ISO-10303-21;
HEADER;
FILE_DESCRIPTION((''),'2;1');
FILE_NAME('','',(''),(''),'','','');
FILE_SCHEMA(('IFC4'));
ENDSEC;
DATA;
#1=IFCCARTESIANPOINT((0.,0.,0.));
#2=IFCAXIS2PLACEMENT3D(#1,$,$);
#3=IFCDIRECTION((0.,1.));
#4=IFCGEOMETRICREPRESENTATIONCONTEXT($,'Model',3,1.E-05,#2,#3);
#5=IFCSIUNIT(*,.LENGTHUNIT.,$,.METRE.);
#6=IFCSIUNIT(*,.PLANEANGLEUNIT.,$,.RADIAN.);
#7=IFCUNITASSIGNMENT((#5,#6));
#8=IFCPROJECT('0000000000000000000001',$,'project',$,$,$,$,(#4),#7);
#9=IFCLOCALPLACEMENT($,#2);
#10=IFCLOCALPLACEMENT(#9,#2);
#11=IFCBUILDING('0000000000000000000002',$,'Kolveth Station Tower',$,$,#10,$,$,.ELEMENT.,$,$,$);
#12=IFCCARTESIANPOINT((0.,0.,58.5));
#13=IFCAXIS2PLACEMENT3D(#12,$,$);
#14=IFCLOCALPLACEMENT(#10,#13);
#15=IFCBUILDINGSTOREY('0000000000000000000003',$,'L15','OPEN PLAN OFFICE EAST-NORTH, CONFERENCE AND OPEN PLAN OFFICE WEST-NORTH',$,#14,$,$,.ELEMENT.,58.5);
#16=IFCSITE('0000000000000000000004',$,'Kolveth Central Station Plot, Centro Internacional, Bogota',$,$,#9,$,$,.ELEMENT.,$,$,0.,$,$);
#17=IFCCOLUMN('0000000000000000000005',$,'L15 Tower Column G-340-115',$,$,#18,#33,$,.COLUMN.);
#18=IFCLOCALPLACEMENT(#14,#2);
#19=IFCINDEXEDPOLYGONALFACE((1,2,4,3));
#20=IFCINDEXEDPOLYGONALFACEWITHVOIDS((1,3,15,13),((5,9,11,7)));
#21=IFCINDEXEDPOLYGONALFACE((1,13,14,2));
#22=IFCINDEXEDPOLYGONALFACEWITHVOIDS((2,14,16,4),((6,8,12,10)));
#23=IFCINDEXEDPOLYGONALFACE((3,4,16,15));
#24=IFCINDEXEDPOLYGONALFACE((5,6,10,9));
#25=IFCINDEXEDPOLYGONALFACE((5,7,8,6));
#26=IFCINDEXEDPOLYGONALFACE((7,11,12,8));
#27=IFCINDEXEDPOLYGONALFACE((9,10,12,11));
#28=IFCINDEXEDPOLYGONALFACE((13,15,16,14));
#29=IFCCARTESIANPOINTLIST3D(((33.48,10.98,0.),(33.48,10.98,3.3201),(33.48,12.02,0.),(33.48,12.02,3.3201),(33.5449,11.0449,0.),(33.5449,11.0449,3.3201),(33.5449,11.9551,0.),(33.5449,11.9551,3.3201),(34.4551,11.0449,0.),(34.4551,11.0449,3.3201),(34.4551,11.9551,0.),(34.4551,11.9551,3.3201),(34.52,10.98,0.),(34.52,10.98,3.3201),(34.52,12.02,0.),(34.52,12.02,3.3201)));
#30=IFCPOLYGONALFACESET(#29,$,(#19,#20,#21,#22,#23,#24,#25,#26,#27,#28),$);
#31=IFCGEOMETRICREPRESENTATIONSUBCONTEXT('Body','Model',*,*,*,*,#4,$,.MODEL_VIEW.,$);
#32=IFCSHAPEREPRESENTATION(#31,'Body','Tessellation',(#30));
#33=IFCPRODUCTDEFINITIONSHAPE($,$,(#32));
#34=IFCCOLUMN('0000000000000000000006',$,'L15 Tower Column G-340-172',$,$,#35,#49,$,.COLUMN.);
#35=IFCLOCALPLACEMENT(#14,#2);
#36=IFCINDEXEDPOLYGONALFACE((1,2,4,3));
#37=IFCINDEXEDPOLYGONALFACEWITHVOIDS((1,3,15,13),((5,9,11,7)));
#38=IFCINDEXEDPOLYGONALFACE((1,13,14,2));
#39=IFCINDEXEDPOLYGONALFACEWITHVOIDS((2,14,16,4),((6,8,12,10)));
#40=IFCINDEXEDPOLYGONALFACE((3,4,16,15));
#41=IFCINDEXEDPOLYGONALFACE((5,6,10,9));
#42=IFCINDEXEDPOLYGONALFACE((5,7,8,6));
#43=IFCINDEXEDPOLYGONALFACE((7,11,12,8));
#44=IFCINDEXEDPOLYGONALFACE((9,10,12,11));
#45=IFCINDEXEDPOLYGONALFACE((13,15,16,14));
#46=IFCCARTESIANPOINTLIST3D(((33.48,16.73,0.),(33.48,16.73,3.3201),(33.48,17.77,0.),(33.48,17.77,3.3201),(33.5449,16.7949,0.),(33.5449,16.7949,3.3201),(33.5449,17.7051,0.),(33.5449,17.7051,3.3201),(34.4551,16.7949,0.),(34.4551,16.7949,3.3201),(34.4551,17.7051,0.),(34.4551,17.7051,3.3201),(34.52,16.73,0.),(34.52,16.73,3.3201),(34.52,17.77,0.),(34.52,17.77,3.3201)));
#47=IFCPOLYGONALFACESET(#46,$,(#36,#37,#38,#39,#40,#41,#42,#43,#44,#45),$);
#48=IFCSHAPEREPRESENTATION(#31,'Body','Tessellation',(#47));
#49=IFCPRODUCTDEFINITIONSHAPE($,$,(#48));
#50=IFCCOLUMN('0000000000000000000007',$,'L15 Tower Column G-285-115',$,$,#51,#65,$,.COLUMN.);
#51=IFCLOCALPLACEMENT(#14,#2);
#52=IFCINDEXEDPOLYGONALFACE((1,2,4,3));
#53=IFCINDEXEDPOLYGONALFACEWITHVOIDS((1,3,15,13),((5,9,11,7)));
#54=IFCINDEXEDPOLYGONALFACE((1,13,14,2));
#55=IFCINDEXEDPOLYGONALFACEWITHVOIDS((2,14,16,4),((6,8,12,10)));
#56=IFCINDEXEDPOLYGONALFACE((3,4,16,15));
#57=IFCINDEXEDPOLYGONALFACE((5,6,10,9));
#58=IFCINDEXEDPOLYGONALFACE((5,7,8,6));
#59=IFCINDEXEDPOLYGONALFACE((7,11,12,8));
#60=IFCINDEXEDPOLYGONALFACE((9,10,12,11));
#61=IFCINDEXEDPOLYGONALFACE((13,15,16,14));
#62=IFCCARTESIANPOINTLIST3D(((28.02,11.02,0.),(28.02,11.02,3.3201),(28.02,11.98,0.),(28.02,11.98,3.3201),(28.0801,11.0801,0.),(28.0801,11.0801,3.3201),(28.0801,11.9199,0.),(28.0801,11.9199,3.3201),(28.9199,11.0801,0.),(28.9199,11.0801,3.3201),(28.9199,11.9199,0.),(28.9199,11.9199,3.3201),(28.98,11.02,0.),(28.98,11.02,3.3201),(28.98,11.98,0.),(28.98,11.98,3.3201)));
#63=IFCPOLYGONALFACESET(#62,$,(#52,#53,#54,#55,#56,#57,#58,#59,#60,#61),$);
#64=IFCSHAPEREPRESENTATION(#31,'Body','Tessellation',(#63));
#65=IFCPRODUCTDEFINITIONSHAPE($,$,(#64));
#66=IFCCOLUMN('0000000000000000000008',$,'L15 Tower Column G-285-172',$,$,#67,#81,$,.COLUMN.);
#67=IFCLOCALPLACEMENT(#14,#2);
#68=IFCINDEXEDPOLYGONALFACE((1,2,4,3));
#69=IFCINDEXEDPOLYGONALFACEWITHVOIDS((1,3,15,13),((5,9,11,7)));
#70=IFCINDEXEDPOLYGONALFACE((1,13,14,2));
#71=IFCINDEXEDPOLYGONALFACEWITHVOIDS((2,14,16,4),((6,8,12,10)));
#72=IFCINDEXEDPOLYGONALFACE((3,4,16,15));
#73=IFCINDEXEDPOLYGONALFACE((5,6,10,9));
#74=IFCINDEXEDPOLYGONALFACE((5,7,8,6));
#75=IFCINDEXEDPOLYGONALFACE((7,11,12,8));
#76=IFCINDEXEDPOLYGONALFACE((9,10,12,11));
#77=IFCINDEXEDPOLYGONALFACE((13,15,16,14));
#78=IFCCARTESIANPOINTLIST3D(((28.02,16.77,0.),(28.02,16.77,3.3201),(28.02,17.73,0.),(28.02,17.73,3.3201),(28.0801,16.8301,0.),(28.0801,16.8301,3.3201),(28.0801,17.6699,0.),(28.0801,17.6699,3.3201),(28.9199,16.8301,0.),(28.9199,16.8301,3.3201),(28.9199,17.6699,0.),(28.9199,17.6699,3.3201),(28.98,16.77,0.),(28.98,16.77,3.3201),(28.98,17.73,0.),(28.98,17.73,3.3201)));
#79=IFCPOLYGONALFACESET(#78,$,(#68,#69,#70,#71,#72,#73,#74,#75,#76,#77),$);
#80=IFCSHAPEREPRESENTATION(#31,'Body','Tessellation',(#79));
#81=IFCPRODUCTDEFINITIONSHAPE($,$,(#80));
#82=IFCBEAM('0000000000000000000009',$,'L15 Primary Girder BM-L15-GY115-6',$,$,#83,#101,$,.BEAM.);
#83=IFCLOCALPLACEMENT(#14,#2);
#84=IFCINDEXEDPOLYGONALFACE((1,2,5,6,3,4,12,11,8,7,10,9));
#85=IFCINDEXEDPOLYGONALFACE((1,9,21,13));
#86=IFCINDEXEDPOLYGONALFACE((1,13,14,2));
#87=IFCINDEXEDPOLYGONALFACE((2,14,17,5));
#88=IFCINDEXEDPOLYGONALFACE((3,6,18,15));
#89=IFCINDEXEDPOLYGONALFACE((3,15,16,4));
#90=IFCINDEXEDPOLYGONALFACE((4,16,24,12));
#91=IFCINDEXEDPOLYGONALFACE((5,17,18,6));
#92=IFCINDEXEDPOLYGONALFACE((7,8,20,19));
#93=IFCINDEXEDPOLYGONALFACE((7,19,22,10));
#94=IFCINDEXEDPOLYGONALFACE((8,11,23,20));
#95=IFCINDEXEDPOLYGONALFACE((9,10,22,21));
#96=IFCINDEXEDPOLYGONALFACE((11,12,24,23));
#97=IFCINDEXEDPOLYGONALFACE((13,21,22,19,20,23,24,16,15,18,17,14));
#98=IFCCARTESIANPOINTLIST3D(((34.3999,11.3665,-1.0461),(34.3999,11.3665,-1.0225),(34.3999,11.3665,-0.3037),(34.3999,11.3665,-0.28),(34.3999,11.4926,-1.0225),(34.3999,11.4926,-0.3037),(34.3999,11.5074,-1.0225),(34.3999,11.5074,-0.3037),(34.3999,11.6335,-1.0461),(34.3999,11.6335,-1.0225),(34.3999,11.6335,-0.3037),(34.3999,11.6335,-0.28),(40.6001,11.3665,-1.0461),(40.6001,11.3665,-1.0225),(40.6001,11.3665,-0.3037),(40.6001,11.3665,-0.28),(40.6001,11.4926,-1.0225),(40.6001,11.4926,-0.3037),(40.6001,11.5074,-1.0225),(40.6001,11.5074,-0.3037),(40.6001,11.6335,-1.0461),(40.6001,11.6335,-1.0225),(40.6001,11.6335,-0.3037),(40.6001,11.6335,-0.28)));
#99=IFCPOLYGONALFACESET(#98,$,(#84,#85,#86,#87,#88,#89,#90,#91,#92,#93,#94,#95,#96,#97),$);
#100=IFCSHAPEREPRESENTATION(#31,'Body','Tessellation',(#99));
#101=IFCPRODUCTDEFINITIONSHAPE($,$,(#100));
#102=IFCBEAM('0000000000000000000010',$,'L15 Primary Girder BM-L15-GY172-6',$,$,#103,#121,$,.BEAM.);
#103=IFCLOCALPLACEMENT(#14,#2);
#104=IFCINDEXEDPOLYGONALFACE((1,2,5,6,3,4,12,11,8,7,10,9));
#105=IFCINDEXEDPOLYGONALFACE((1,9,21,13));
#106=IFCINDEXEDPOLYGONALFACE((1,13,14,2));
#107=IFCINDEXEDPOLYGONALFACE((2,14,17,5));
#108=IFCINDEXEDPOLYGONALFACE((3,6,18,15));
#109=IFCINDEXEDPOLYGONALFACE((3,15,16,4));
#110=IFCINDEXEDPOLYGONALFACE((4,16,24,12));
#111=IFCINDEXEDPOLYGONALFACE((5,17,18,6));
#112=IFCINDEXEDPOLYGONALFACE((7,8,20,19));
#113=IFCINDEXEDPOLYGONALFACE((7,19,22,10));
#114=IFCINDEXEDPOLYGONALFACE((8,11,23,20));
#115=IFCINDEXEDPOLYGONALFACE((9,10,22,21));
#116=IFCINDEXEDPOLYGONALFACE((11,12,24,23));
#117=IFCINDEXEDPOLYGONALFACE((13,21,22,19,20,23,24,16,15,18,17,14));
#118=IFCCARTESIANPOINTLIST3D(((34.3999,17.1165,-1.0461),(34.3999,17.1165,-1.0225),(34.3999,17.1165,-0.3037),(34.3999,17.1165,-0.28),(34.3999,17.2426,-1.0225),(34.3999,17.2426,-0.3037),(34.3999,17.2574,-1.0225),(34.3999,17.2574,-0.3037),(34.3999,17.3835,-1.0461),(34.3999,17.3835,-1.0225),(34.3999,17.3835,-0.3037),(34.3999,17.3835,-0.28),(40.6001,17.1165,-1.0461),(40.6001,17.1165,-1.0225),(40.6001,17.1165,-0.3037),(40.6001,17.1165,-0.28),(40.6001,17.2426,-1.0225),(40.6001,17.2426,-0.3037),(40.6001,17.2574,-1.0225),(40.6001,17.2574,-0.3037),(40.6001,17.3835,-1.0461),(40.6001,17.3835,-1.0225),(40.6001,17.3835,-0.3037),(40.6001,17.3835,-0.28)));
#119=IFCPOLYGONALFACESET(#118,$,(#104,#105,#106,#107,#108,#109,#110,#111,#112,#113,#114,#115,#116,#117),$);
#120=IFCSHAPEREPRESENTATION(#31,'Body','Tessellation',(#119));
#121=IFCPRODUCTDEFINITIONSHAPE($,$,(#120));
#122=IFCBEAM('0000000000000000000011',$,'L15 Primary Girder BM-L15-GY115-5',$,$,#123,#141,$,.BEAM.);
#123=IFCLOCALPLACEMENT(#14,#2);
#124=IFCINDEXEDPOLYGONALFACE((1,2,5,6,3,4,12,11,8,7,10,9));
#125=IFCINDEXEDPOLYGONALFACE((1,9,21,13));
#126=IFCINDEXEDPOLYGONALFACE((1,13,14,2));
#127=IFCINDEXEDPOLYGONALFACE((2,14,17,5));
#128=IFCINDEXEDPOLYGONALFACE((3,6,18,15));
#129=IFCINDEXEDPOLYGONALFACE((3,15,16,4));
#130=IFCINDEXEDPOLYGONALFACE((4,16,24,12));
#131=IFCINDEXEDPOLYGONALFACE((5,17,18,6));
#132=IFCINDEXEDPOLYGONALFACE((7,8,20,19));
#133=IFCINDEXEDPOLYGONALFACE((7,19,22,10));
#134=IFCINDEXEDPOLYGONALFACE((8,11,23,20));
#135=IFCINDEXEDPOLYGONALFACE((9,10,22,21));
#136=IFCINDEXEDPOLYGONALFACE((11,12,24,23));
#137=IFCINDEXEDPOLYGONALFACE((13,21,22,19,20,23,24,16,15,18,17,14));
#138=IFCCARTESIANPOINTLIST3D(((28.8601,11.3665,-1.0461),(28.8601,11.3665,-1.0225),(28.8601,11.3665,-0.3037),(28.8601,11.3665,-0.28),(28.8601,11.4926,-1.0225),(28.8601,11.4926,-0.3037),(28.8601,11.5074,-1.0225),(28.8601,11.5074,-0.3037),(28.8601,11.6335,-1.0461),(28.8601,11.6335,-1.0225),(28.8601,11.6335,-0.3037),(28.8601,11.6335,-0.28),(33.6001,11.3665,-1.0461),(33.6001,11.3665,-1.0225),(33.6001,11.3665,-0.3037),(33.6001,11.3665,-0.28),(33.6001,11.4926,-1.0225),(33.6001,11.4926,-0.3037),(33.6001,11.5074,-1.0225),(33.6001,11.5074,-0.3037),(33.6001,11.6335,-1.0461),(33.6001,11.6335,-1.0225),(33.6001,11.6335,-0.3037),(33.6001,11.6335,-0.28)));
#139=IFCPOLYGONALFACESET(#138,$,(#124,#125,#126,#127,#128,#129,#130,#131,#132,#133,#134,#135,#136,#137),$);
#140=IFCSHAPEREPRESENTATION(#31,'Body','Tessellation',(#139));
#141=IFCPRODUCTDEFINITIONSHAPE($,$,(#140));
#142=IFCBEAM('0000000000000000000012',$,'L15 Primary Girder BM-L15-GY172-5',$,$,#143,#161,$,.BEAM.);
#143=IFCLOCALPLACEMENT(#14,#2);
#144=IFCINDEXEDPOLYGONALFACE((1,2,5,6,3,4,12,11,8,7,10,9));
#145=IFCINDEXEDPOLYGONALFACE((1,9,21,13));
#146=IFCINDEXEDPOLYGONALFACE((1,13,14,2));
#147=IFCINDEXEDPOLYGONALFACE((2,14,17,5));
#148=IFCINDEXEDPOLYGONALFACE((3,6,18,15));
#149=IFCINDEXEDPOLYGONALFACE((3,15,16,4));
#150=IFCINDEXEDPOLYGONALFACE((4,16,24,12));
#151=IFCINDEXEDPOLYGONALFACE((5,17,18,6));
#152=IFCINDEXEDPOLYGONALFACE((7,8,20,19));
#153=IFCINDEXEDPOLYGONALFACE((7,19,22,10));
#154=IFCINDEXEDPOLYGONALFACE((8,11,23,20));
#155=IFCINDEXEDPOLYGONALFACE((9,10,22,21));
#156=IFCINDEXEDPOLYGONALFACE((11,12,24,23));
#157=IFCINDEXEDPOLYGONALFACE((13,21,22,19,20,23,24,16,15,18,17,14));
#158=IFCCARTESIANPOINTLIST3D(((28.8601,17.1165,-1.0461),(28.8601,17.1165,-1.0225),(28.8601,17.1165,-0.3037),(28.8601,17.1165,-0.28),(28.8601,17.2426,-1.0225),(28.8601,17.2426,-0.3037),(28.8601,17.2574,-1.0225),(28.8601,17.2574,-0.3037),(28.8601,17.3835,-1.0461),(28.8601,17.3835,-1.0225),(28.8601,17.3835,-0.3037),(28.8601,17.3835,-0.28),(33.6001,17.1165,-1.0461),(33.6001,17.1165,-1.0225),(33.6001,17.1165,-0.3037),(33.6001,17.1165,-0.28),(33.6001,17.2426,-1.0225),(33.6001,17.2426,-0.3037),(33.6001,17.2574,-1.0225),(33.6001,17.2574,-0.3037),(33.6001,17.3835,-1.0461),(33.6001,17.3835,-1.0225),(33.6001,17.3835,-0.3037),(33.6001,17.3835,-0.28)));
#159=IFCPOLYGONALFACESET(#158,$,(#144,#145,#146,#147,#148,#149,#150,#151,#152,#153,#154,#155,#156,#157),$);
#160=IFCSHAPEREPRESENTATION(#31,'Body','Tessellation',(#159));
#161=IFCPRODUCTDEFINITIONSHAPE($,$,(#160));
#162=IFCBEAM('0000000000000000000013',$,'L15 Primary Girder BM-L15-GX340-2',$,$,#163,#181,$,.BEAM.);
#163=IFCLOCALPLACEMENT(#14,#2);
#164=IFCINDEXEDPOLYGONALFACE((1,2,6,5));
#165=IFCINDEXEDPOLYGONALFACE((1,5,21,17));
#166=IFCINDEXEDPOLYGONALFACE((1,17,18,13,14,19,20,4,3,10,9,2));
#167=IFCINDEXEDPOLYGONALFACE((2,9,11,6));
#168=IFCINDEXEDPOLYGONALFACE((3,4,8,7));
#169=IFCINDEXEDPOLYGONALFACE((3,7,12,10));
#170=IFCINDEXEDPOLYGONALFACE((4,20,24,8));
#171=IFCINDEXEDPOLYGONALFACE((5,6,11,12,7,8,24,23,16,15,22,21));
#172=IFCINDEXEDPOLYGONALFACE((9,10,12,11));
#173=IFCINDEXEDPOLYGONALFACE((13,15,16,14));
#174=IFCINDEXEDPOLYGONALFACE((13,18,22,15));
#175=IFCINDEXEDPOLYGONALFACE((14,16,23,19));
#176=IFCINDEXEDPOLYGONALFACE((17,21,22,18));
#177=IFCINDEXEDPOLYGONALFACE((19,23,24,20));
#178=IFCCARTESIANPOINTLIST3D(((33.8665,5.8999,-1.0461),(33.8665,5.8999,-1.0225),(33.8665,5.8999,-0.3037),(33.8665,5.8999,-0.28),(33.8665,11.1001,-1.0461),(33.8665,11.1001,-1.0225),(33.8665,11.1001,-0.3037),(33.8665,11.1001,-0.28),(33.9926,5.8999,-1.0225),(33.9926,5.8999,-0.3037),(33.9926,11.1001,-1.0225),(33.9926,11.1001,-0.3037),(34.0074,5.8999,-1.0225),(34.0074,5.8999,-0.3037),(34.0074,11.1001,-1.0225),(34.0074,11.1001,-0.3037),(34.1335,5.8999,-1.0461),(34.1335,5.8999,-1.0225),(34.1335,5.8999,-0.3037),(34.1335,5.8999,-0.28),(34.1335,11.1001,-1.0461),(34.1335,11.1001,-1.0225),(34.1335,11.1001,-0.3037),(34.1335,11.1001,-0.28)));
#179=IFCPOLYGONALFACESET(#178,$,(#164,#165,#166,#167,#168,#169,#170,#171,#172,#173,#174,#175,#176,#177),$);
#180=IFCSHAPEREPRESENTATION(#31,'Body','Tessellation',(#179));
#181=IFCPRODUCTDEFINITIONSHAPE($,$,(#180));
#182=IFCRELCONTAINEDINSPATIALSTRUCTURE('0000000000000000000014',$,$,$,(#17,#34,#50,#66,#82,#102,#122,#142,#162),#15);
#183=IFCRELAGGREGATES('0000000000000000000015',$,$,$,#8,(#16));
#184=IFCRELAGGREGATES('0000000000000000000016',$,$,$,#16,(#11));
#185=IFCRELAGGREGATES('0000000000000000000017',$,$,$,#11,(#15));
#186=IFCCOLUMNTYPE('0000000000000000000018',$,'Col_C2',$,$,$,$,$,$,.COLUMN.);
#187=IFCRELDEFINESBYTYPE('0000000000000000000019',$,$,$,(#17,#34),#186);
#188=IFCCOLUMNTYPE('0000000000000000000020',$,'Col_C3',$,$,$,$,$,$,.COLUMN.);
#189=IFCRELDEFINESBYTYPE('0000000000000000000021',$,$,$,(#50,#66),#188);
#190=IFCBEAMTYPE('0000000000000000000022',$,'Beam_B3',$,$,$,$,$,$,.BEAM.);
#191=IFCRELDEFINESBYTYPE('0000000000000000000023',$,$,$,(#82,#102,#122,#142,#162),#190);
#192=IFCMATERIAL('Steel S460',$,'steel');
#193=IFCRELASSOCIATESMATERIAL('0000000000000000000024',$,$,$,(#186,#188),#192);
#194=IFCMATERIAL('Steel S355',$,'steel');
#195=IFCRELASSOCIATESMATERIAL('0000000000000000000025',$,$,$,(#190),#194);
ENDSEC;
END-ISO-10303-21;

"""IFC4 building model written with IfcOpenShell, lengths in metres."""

from ifc_helpers import new_model, si_unit, direction, frame, origin, origin_2d, place, context, subcontext, project, spatial, hollow_rectangle, i_section, extrude, source, transform, mapped, material, material_profile, profile_set, type_object, element, save


model = new_model("IFC4")

# Units and contexts
model_context = context("Model", 3, precision=1e-05, world=origin(), true_north=direction((0.0, 1.0)))
body_context = subcontext(model_context, "Body", "Model", "MODEL_VIEW")
ifc_project = project(units=[si_unit("LENGTHUNIT", "METRE"), si_unit("PLANEANGLEUNIT", "RADIAN")], contexts=[model_context])

# Site, building, storey
site_placement = place(None, origin())
site = spatial("IfcSite", under=ifc_project, at=site_placement, Name="Kolveth Central Station Plot, Centro Internacional, Bogota", CompositionType="ELEMENT", RefElevation=0.0)
building_placement = place(site_placement, origin())
building = spatial("IfcBuilding", under=site, at=building_placement, Name="Kolveth Station Tower", CompositionType="ELEMENT")
storey_placement = place(building_placement, frame((0.0, 0.0, 58.5)))
storey = spatial("IfcBuildingStorey", under=building, at=storey_placement, Name="L15", Description="OPEN PLAN OFFICE EAST-NORTH, CONFERENCE AND OPEN PLAN OFFICE WEST-NORTH", CompositionType="ELEMENT", Elevation=58.5)

# Columns
ifc_material_1 = material(Name="Steel S460", Category="steel")
ifc_material_profile_1 = material_profile(ifc_material_1, hollow_rectangle(XDim=1.04, YDim=1.04, WallThickness=0.0649, at=origin_2d()), Name="BOX1040x1040x65")
ifc_profile_set_1 = profile_set([ifc_material_profile_1], Name="Steel S460")
column_type_1 = type_object("IfcColumnType", Name="Col_C2", PredefinedType="COLUMN", material=ifc_profile_set_1)
shared_shape_1 = source(origin(), body_context, "Body", "SweptSolid", [
    extrude(hollow_rectangle(XDim=1.04, YDim=1.04, WallThickness=0.0649, at=origin_2d()), origin(), (0.0, 0.0, 1.0), 3.3201),
])
for number, where, z_axis, x_axis, name in (
    (1, (34.0, 11.5, 0.0), (0.0, 0.0, 1.0), (1.0, 0.0, 0.0), "L15 Tower Column G-340-115"),
    (2, (34.0, 17.25, 0.0), (0.0, 0.0, 1.0), (1.0, 0.0, 0.0), "L15 Tower Column G-340-172"),
):
    element("IfcColumn", number, at=place(storey_placement, frame(where, z_axis=z_axis, x_axis=x_axis)), inside=storey, type_object=column_type_1, Name=name, PredefinedType="COLUMN", context=body_context, shape_type="MappedRepresentation", body=[
        mapped(shared_shape_1, transform((0.0, 0.0, 0.0), x_axis=(1.0, 0.0, 0.0), y_axis=(0.0, 1.0, 0.0), z_axis=(0.0, 0.0, 1.0), scale=1.0)),
    ])
ifc_material_profile_2 = material_profile(ifc_material_1, hollow_rectangle(XDim=0.96, YDim=0.96, WallThickness=0.0601, at=origin_2d()), Name="BOX960x960x60")
ifc_profile_set_2 = profile_set([ifc_material_profile_2], Name="Steel S460")
column_type_2 = type_object("IfcColumnType", Name="Col_C3", PredefinedType="COLUMN", material=ifc_profile_set_2)
shared_shape_2 = source(origin(), body_context, "Body", "SweptSolid", [
    extrude(hollow_rectangle(XDim=0.96, YDim=0.96, WallThickness=0.0601, at=origin_2d()), origin(), (0.0, 0.0, 1.0), 3.3201),
])
for number, where, z_axis, x_axis, name in (
    (3, (28.5, 11.5, 0.0), (0.0, 0.0, 1.0), (1.0, 0.0, 0.0), "L15 Tower Column G-285-115"),
    (4, (28.5, 17.25, 0.0), (0.0, 0.0, 1.0), (1.0, 0.0, 0.0), "L15 Tower Column G-285-172"),
):
    element("IfcColumn", number, at=place(storey_placement, frame(where, z_axis=z_axis, x_axis=x_axis)), inside=storey, type_object=column_type_2, Name=name, PredefinedType="COLUMN", context=body_context, shape_type="MappedRepresentation", body=[
        mapped(shared_shape_2, transform((0.0, 0.0, 0.0), x_axis=(1.0, 0.0, 0.0), y_axis=(0.0, 1.0, 0.0), z_axis=(0.0, 0.0, 1.0), scale=1.0)),
    ])

# Beams
ifc_material_2 = material(Name="Steel S355", Category="steel")
ifc_material_profile_3 = material_profile(ifc_material_2, i_section(OverallWidth=0.2671, OverallDepth=0.7661, WebThickness=0.0149, FlangeThickness=0.0237, at=origin_2d()), Name="W760x185")
ifc_profile_set_3 = profile_set([ifc_material_profile_3], Name="Steel S355")
beam_type_1 = type_object("IfcBeamType", Name="Beam_B3", PredefinedType="BEAM", material=ifc_profile_set_3)
shared_shape_3 = source(origin(), body_context, "Body", "SweptSolid", [
    extrude(i_section(OverallWidth=0.2671, OverallDepth=0.7661, WebThickness=0.0149, FlangeThickness=0.0237, at=origin_2d()), origin(), (0.0, 0.0, 1.0), 6.2002),
])
for number, where, z_axis, x_axis, name in (
    (5, (34.3999, 11.5, -0.6631), (1.0, 0.0, 0.0), (0.0, 1.0, 0.0), "L15 Primary Girder BM-L15-GY115-6"),
    (6, (34.3999, 17.25, -0.6631), (1.0, 0.0, 0.0), (0.0, 1.0, 0.0), "L15 Primary Girder BM-L15-GY172-6"),
):
    element("IfcBeam", number, at=place(storey_placement, frame(where, z_axis=z_axis, x_axis=x_axis)), inside=storey, type_object=beam_type_1, Name=name, PredefinedType="BEAM", context=body_context, shape_type="MappedRepresentation", body=[
        mapped(shared_shape_3, transform((0.0, 0.0, 0.0), x_axis=(1.0, 0.0, 0.0), y_axis=(0.0, 1.0, 0.0), z_axis=(0.0, 0.0, 1.0), scale=1.0)),
    ])
shared_shape_4 = source(origin(), body_context, "Body", "SweptSolid", [
    extrude(i_section(OverallWidth=0.2671, OverallDepth=0.7661, WebThickness=0.0149, FlangeThickness=0.0237, at=origin_2d()), origin(), (0.0, 0.0, 1.0), 4.74),
])
for number, where, z_axis, x_axis, name in (
    (7, (28.8601, 11.5, -0.6631), (1.0, 0.0, 0.0), (0.0, 1.0, 0.0), "L15 Primary Girder BM-L15-GY115-5"),
    (8, (28.8601, 17.25, -0.6631), (1.0, 0.0, 0.0), (0.0, 1.0, 0.0), "L15 Primary Girder BM-L15-GY172-5"),
):
    element("IfcBeam", number, at=place(storey_placement, frame(where, z_axis=z_axis, x_axis=x_axis)), inside=storey, type_object=beam_type_1, Name=name, PredefinedType="BEAM", context=body_context, shape_type="MappedRepresentation", body=[
        mapped(shared_shape_4, transform((0.0, 0.0, 0.0), x_axis=(1.0, 0.0, 0.0), y_axis=(0.0, 1.0, 0.0), z_axis=(0.0, 0.0, 1.0), scale=1.0)),
    ])
shared_shape_5 = source(origin(), body_context, "Body", "SweptSolid", [
    extrude(i_section(OverallWidth=0.2671, OverallDepth=0.7661, WebThickness=0.0149, FlangeThickness=0.0237, at=origin_2d()), origin(), (0.0, 0.0, 1.0), 5.2002),
])
beam_1_placement = place(storey_placement, frame((34.0, 5.8999, -0.6631), z_axis=(0.0, 1.0, 0.0), x_axis=(-1.0, 0.0, 0.0)))
element("IfcBeam", 9, at=beam_1_placement, inside=storey, type_object=beam_type_1, Name="L15 Primary Girder BM-L15-GX340-2", PredefinedType="BEAM", context=body_context, shape_type="MappedRepresentation", body=[
    mapped(shared_shape_5, transform((0.0, 0.0, 0.0), x_axis=(1.0, 0.0, 0.0), y_axis=(0.0, 1.0, 0.0), z_axis=(0.0, 0.0, 1.0), scale=1.0)),
])

save(model, "model.ifc")
